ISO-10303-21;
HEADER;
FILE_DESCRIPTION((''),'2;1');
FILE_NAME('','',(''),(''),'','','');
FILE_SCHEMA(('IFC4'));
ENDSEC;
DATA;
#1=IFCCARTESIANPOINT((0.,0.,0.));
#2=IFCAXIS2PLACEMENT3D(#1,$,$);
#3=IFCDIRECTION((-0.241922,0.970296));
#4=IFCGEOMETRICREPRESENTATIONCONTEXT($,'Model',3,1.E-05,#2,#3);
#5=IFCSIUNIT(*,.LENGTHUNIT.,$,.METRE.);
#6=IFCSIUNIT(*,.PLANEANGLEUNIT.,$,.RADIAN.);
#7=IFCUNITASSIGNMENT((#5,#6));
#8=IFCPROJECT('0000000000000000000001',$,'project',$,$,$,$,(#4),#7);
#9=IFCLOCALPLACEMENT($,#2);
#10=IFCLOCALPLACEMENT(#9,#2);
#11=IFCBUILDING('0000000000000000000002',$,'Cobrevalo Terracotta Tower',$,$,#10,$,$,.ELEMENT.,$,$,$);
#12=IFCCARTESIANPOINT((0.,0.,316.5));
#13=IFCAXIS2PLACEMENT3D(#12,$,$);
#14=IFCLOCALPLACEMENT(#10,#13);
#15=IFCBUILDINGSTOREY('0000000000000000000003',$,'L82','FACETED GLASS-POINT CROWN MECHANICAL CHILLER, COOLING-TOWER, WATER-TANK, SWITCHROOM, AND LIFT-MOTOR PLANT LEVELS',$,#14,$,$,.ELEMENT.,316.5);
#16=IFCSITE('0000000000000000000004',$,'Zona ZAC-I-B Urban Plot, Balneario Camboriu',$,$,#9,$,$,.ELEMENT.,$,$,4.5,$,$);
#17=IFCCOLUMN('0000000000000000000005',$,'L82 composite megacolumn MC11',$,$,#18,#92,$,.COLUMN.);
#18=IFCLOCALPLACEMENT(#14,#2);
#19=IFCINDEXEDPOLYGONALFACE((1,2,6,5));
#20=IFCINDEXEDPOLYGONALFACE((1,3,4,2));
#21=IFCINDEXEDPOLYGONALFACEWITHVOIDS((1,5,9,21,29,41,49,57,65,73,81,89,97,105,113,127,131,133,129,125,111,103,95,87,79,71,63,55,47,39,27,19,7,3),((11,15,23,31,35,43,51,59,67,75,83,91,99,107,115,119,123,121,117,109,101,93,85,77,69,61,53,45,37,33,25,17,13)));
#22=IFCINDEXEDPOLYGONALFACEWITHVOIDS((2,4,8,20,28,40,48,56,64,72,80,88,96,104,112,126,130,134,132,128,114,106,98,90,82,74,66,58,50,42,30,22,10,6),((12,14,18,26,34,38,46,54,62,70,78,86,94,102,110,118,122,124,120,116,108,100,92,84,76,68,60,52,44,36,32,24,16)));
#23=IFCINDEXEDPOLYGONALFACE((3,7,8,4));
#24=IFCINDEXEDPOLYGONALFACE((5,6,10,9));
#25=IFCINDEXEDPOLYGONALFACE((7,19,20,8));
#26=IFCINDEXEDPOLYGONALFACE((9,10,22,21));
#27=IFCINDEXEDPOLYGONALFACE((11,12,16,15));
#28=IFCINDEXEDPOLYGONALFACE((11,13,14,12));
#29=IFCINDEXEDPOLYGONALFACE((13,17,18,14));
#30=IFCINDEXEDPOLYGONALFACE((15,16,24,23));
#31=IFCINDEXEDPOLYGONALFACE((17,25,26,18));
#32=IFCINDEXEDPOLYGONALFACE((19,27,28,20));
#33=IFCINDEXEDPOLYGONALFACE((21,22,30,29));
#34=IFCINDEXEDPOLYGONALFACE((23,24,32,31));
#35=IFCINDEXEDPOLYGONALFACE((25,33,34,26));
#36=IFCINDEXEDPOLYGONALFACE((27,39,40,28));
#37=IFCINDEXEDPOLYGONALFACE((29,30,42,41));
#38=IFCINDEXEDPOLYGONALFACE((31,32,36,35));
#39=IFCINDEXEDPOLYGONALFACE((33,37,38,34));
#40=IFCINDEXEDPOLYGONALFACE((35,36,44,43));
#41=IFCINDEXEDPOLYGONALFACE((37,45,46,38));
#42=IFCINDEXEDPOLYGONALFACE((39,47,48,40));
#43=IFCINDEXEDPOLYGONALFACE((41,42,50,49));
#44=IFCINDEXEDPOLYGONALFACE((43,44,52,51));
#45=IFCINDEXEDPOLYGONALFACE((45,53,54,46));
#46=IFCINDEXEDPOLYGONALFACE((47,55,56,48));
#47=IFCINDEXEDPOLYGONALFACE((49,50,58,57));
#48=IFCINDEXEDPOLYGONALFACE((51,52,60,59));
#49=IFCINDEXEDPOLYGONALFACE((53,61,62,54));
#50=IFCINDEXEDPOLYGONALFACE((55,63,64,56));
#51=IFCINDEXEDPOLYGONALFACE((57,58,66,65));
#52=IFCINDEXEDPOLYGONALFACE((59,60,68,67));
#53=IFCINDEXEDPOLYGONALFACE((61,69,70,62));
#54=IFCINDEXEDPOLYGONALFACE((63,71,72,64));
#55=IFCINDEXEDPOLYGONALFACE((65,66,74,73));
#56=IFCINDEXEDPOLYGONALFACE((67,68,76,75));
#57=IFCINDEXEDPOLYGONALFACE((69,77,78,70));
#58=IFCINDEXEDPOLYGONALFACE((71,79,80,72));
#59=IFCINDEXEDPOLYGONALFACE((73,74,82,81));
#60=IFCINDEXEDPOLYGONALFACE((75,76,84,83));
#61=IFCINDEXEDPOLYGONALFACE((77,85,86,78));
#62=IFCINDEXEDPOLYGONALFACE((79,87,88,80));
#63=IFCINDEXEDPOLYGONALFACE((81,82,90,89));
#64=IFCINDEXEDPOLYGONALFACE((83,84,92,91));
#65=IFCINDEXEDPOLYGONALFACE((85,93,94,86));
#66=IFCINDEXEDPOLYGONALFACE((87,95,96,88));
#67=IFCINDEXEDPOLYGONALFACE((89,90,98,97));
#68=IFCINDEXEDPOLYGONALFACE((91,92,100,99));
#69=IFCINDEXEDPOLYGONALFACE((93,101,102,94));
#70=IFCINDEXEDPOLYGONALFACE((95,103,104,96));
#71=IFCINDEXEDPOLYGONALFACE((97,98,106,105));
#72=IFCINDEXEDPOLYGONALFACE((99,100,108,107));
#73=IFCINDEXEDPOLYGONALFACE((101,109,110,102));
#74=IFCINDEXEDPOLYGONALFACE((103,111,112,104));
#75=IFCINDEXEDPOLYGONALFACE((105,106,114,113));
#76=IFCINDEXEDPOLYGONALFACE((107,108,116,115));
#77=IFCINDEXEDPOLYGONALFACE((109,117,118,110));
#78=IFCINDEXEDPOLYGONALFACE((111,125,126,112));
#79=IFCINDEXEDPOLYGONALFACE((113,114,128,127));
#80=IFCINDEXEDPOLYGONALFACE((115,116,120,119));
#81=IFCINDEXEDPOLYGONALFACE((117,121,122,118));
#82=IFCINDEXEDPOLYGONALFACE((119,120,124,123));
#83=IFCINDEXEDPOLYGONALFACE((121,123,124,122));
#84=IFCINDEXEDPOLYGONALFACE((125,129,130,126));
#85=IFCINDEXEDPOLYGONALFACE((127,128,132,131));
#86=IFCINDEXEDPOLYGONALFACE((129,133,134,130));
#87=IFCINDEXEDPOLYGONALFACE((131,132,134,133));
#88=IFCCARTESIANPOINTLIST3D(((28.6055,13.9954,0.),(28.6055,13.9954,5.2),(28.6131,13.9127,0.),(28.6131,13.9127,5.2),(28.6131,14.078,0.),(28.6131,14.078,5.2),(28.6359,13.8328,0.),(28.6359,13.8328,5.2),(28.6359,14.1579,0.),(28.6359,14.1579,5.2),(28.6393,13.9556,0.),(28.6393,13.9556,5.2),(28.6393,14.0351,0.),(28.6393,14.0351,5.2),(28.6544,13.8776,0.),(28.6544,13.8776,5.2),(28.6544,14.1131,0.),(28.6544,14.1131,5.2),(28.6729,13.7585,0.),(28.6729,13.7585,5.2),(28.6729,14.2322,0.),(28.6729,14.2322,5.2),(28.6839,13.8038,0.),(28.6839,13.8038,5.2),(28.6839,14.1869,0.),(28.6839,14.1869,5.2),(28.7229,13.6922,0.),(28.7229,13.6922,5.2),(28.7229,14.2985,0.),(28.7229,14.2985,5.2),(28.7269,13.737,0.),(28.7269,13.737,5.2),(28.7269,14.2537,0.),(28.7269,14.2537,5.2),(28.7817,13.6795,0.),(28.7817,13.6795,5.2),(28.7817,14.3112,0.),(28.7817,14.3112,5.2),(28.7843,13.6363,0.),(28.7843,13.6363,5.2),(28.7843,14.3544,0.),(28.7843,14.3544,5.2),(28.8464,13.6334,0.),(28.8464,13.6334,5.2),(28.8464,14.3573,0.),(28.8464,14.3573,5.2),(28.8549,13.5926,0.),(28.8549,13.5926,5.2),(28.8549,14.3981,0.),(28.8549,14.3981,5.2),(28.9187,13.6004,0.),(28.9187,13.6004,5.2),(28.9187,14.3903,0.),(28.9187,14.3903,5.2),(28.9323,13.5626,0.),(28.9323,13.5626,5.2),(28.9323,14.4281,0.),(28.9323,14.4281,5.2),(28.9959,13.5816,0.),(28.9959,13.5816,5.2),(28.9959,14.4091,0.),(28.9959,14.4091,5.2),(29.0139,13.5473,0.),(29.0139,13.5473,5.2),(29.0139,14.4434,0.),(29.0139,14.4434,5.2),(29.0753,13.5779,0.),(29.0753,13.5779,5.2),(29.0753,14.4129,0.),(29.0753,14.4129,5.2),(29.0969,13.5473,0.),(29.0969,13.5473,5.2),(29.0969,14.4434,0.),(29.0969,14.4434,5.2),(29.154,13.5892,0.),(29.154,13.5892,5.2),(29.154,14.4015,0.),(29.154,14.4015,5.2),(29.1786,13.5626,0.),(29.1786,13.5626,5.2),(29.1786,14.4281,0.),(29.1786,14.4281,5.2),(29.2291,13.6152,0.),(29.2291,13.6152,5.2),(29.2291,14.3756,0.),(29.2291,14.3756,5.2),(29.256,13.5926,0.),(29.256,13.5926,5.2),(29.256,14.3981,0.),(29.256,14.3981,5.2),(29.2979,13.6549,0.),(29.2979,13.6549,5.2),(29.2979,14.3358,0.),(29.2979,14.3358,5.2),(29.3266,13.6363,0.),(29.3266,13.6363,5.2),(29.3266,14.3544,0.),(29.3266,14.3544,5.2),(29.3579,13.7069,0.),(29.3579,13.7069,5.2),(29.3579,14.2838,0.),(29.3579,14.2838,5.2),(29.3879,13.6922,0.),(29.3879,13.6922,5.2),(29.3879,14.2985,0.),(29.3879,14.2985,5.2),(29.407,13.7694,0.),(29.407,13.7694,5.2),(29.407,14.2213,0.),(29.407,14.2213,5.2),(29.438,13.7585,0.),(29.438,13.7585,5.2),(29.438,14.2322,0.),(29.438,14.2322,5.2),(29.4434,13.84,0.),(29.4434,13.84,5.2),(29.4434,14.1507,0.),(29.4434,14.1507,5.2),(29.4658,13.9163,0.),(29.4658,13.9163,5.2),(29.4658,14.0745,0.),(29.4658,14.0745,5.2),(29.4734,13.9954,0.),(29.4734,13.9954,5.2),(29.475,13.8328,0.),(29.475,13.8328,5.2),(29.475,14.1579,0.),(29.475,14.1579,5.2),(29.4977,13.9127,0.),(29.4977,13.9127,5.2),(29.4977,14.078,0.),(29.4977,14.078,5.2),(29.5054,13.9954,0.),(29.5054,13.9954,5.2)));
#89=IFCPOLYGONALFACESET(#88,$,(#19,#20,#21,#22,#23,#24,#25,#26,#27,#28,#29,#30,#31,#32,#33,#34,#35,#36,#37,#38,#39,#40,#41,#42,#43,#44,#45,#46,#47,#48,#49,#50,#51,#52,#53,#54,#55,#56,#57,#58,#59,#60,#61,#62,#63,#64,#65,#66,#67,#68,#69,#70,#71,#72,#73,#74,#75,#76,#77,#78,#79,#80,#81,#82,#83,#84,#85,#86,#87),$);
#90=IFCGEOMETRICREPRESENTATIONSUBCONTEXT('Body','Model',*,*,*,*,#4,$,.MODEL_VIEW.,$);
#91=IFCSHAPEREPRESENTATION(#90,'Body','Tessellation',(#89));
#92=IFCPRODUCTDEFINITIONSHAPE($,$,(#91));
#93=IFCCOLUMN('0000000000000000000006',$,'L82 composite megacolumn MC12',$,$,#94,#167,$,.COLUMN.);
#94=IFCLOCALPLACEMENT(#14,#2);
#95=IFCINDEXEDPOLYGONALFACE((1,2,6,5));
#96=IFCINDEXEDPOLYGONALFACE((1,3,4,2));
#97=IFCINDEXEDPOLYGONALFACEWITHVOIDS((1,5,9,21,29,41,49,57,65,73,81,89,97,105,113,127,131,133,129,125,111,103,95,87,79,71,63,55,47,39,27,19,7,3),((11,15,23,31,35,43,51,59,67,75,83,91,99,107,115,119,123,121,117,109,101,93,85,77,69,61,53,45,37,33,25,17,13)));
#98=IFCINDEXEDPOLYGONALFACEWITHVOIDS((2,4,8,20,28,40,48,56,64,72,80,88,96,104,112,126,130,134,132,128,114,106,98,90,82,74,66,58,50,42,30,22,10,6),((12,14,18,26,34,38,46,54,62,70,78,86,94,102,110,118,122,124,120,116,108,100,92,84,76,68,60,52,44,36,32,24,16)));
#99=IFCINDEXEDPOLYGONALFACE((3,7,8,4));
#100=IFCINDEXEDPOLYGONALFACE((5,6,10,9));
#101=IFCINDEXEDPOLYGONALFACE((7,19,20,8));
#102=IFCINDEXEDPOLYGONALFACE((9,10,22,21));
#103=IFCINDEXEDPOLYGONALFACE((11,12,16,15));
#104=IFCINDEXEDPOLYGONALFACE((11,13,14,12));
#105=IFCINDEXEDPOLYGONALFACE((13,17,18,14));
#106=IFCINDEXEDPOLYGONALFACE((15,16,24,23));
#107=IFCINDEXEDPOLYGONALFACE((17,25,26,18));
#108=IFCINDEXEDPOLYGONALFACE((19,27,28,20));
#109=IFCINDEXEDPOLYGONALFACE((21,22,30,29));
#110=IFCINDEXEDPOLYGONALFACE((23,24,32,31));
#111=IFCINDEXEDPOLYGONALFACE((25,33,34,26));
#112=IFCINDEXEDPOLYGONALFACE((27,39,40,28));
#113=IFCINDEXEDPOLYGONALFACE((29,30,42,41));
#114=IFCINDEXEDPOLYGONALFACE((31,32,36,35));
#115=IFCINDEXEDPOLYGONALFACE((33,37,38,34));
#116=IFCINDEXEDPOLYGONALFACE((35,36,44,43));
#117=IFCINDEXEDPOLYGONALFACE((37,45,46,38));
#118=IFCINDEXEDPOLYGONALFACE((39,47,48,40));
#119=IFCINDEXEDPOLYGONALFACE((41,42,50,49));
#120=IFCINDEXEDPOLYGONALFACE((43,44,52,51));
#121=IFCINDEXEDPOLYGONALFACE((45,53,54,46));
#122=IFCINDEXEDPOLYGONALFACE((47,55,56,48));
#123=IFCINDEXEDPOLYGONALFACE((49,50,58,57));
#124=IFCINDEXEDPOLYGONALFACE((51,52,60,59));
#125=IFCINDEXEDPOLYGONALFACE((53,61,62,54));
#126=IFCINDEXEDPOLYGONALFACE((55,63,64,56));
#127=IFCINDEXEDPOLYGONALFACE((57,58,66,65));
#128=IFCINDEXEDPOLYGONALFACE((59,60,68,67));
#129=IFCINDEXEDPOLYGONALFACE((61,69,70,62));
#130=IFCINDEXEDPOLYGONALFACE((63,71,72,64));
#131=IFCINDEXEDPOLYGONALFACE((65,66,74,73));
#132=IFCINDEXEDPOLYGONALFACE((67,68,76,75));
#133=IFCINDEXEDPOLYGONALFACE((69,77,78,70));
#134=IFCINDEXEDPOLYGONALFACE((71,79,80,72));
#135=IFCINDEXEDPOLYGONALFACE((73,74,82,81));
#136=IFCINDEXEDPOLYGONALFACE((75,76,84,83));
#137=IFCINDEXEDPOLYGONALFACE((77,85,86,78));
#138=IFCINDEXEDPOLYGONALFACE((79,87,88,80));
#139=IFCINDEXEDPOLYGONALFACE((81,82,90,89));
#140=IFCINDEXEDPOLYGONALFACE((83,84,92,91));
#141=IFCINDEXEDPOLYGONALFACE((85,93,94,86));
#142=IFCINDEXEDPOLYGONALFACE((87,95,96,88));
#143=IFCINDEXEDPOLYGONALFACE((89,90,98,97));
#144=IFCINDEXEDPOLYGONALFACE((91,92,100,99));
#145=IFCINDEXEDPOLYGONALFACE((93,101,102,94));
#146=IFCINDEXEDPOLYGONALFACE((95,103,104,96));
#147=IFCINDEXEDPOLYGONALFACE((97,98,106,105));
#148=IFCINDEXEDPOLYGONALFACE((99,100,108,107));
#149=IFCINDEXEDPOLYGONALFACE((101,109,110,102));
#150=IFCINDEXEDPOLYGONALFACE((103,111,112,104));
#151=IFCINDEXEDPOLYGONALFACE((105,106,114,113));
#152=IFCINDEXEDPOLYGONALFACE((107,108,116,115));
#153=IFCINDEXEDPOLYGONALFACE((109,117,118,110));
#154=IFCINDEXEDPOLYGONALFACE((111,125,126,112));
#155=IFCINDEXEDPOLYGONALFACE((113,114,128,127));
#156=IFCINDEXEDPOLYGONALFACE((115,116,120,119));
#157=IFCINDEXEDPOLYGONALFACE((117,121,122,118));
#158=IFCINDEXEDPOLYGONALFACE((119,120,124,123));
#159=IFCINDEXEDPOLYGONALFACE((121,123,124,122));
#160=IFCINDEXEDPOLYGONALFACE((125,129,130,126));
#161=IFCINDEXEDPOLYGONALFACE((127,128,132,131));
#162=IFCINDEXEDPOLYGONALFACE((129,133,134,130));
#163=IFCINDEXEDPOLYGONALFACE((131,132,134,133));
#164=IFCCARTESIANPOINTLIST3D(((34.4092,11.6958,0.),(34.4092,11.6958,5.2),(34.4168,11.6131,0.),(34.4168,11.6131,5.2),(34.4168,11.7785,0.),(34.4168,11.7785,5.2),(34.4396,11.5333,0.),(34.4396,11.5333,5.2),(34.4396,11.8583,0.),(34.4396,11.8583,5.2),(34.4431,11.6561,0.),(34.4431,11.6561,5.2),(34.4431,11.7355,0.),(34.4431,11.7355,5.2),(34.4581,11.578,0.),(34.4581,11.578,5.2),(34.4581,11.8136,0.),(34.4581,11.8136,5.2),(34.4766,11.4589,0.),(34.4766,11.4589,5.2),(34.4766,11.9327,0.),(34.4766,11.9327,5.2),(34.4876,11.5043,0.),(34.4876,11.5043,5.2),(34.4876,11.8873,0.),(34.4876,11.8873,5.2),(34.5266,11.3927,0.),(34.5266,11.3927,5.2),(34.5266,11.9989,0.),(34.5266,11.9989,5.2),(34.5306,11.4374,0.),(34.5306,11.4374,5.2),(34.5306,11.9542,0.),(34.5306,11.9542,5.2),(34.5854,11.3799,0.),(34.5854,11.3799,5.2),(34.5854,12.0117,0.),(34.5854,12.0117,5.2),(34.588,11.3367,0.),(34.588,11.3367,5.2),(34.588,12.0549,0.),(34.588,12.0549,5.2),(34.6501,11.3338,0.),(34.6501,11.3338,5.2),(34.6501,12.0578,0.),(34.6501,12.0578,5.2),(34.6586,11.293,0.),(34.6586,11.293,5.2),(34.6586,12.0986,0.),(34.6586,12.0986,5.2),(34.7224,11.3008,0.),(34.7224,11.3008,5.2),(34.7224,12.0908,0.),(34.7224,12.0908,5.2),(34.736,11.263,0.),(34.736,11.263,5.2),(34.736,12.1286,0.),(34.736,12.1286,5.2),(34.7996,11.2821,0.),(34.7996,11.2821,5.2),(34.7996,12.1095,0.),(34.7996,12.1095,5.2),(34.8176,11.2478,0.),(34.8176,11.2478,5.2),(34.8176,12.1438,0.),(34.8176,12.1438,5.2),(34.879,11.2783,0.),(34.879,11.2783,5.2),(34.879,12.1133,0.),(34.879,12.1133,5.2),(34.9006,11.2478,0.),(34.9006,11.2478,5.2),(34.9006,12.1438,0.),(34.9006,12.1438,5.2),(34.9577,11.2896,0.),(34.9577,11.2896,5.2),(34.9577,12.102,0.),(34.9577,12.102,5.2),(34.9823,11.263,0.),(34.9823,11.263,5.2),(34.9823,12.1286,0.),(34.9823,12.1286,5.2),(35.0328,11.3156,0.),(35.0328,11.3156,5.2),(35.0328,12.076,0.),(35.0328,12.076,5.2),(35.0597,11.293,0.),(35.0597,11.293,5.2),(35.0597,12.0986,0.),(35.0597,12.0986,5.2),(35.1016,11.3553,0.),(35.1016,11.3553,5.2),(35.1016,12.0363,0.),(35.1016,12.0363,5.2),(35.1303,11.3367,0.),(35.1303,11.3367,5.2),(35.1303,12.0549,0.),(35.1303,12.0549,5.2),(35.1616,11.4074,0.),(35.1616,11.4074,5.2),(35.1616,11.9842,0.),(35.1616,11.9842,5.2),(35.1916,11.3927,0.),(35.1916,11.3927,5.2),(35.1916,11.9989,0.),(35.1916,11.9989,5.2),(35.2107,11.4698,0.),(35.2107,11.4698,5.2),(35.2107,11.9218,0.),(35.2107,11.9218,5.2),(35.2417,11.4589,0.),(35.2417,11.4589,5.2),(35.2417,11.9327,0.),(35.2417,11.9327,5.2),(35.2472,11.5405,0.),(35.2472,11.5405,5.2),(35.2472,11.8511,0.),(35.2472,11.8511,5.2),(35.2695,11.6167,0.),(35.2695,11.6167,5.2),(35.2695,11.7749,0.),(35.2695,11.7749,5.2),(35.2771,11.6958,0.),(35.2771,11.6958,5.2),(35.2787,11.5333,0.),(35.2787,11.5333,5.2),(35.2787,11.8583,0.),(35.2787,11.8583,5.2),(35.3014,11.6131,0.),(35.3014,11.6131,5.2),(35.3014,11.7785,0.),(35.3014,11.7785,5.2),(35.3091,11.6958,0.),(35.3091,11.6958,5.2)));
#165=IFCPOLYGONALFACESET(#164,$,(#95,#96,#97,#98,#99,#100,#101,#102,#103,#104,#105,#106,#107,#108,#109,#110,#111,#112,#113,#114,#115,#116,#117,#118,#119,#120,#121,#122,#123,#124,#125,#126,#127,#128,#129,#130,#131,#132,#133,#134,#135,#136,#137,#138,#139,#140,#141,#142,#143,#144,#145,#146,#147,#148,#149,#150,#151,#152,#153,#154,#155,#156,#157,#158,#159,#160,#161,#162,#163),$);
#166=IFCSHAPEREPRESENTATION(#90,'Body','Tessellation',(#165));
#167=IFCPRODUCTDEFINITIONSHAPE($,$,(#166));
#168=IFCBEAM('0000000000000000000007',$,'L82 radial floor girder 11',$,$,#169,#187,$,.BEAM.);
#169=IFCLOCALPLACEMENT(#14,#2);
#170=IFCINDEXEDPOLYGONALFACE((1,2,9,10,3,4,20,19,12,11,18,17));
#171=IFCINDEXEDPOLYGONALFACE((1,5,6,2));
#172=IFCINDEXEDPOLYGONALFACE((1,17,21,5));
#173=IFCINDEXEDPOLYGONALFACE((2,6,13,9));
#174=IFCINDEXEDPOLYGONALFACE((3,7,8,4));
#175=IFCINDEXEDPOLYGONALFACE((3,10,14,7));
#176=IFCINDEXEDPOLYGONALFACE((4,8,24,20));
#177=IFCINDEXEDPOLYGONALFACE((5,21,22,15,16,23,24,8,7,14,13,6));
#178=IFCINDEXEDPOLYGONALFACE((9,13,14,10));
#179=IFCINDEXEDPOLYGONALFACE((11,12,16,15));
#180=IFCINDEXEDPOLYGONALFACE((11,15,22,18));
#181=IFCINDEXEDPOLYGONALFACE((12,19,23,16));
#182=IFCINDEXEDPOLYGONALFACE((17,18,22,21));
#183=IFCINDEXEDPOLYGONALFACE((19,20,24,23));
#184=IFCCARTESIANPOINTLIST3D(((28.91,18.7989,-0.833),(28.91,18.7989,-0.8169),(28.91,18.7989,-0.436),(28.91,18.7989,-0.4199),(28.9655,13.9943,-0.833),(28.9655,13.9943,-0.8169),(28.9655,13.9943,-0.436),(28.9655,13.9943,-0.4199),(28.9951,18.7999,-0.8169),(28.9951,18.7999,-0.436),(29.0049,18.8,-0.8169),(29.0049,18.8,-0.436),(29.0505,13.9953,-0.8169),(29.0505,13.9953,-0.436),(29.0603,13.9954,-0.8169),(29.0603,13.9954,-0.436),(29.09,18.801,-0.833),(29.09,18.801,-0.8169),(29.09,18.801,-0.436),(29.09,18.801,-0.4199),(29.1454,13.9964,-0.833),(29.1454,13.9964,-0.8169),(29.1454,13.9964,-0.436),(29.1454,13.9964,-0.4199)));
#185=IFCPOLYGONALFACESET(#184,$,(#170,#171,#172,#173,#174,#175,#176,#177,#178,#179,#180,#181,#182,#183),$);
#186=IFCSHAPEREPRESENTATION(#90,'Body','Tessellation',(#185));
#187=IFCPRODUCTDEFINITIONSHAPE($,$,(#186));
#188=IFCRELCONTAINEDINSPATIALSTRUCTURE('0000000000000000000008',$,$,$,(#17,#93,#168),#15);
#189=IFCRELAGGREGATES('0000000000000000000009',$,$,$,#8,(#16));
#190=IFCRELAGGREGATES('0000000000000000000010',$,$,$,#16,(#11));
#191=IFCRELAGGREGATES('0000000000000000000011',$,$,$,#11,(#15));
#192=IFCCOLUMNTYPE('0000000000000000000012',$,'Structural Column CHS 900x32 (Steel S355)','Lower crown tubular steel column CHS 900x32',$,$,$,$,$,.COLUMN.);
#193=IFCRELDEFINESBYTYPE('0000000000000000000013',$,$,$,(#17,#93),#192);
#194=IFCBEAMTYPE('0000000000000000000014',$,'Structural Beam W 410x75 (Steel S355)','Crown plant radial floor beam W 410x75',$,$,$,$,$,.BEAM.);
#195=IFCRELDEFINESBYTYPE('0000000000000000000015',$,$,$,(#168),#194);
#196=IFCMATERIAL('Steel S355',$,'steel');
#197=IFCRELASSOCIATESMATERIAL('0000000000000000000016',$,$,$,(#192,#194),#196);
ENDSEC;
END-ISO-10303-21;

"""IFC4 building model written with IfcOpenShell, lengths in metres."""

from ifc_helpers import new_model, si_unit, direction, frame, origin, origin_2d, place, context, subcontext, project, spatial, hollow_circle, i_section, extrude, material, material_profile, profile_set, type_object, element, save


model = new_model("IFC4")

# Units and contexts
model_context = context("Model", 3, precision=1e-05, world=origin(), true_north=direction((-0.241922, 0.970296)))
body_context = subcontext(model_context, "Body", "Model", "MODEL_VIEW")
ifc_project = project(units=[si_unit("LENGTHUNIT", "METRE"), si_unit("PLANEANGLEUNIT", "RADIAN")], contexts=[model_context])

# Site, building, storey
site_placement = place(None, origin())
site = spatial("IfcSite", under=ifc_project, at=site_placement, Name="Zona ZAC-I-B Urban Plot, Balneario Camboriu", CompositionType="ELEMENT", RefElevation=4.5)
building_placement = place(site_placement, origin())
building = spatial("IfcBuilding", under=site, at=building_placement, Name="Cobrevalo Terracotta Tower", CompositionType="ELEMENT")
storey_placement = place(building_placement, frame((0.0, 0.0, 316.5)))
storey = spatial("IfcBuildingStorey", under=building, at=storey_placement, Name="L82", Description="FACETED GLASS-POINT CROWN MECHANICAL CHILLER, COOLING-TOWER, WATER-TANK, SWITCHROOM, AND LIFT-MOTOR PLANT LEVELS", CompositionType="ELEMENT", Elevation=316.5)

# Columns
ifc_material_1 = material(Name="Steel S355", Category="steel")
ifc_material_profile_1 = material_profile(ifc_material_1, hollow_circle(Radius=0.45, WallThickness=0.032, at=origin_2d()), Name="CHS 900x32")
ifc_profile_set_1 = profile_set([ifc_material_profile_1], Name="Steel S355")
column_type = type_object("IfcColumnType", Name="Structural Column CHS 900x32 (Steel S355)", Description="Lower crown tubular steel column CHS 900x32", PredefinedType="COLUMN", material=ifc_profile_set_1)
for number, where, z_axis, x_axis, name in (
    (1, (29.0554, 13.9954, 0.0), (0.0, 0.0, 1.0), (1.0, 0.0, 0.0), "L82 composite megacolumn MC11"),
    (2, (34.8591, 11.6958, 0.0), (0.0, 0.0, 1.0), (1.0, 0.0, 0.0), "L82 composite megacolumn MC12"),
):
    element("IfcColumn", number, at=place(storey_placement, frame(where, z_axis=z_axis, x_axis=x_axis)), inside=storey, type_object=column_type, Name=name, PredefinedType="COLUMN", context=body_context, shape_type="SweptSolid", body=[
        extrude(hollow_circle(Radius=0.45, WallThickness=0.032, at=origin_2d()), origin(), (0.0, 0.0, 1.0), 5.2),
    ])

# Beam
ifc_material_profile_2 = material_profile(ifc_material_1, i_section(OverallWidth=0.1799, OverallDepth=0.4131, WebThickness=0.0098, FlangeThickness=0.0161, at=origin_2d()), Name="W 410x75")
ifc_profile_set_2 = profile_set([ifc_material_profile_2], Name="Steel S355")
beam_type_1 = type_object("IfcBeamType", Name="Structural Beam W 410x75 (Steel S355)", Description="Crown plant radial floor beam W 410x75", PredefinedType="BEAM", material=ifc_profile_set_2)
beam_1_placement = place(storey_placement, frame((29.0554, 13.9954, -0.6265), z_axis=(-0.011534, 0.999933, 0.0), x_axis=(-0.999933, -0.011534, 0.0)))
element("IfcBeam", 3, at=beam_1_placement, inside=storey, type_object=beam_type_1, Name="L82 radial floor girder 11", PredefinedType="BEAM", context=body_context, shape_type="SweptSolid", body=[
    extrude(i_section(OverallWidth=0.1799, OverallDepth=0.4131, WebThickness=0.0098, FlangeThickness=0.0161, at=origin_2d()), origin(), (0.0, 0.0, 1.0), 4.8049),
])

save(model, "model.ifc")
